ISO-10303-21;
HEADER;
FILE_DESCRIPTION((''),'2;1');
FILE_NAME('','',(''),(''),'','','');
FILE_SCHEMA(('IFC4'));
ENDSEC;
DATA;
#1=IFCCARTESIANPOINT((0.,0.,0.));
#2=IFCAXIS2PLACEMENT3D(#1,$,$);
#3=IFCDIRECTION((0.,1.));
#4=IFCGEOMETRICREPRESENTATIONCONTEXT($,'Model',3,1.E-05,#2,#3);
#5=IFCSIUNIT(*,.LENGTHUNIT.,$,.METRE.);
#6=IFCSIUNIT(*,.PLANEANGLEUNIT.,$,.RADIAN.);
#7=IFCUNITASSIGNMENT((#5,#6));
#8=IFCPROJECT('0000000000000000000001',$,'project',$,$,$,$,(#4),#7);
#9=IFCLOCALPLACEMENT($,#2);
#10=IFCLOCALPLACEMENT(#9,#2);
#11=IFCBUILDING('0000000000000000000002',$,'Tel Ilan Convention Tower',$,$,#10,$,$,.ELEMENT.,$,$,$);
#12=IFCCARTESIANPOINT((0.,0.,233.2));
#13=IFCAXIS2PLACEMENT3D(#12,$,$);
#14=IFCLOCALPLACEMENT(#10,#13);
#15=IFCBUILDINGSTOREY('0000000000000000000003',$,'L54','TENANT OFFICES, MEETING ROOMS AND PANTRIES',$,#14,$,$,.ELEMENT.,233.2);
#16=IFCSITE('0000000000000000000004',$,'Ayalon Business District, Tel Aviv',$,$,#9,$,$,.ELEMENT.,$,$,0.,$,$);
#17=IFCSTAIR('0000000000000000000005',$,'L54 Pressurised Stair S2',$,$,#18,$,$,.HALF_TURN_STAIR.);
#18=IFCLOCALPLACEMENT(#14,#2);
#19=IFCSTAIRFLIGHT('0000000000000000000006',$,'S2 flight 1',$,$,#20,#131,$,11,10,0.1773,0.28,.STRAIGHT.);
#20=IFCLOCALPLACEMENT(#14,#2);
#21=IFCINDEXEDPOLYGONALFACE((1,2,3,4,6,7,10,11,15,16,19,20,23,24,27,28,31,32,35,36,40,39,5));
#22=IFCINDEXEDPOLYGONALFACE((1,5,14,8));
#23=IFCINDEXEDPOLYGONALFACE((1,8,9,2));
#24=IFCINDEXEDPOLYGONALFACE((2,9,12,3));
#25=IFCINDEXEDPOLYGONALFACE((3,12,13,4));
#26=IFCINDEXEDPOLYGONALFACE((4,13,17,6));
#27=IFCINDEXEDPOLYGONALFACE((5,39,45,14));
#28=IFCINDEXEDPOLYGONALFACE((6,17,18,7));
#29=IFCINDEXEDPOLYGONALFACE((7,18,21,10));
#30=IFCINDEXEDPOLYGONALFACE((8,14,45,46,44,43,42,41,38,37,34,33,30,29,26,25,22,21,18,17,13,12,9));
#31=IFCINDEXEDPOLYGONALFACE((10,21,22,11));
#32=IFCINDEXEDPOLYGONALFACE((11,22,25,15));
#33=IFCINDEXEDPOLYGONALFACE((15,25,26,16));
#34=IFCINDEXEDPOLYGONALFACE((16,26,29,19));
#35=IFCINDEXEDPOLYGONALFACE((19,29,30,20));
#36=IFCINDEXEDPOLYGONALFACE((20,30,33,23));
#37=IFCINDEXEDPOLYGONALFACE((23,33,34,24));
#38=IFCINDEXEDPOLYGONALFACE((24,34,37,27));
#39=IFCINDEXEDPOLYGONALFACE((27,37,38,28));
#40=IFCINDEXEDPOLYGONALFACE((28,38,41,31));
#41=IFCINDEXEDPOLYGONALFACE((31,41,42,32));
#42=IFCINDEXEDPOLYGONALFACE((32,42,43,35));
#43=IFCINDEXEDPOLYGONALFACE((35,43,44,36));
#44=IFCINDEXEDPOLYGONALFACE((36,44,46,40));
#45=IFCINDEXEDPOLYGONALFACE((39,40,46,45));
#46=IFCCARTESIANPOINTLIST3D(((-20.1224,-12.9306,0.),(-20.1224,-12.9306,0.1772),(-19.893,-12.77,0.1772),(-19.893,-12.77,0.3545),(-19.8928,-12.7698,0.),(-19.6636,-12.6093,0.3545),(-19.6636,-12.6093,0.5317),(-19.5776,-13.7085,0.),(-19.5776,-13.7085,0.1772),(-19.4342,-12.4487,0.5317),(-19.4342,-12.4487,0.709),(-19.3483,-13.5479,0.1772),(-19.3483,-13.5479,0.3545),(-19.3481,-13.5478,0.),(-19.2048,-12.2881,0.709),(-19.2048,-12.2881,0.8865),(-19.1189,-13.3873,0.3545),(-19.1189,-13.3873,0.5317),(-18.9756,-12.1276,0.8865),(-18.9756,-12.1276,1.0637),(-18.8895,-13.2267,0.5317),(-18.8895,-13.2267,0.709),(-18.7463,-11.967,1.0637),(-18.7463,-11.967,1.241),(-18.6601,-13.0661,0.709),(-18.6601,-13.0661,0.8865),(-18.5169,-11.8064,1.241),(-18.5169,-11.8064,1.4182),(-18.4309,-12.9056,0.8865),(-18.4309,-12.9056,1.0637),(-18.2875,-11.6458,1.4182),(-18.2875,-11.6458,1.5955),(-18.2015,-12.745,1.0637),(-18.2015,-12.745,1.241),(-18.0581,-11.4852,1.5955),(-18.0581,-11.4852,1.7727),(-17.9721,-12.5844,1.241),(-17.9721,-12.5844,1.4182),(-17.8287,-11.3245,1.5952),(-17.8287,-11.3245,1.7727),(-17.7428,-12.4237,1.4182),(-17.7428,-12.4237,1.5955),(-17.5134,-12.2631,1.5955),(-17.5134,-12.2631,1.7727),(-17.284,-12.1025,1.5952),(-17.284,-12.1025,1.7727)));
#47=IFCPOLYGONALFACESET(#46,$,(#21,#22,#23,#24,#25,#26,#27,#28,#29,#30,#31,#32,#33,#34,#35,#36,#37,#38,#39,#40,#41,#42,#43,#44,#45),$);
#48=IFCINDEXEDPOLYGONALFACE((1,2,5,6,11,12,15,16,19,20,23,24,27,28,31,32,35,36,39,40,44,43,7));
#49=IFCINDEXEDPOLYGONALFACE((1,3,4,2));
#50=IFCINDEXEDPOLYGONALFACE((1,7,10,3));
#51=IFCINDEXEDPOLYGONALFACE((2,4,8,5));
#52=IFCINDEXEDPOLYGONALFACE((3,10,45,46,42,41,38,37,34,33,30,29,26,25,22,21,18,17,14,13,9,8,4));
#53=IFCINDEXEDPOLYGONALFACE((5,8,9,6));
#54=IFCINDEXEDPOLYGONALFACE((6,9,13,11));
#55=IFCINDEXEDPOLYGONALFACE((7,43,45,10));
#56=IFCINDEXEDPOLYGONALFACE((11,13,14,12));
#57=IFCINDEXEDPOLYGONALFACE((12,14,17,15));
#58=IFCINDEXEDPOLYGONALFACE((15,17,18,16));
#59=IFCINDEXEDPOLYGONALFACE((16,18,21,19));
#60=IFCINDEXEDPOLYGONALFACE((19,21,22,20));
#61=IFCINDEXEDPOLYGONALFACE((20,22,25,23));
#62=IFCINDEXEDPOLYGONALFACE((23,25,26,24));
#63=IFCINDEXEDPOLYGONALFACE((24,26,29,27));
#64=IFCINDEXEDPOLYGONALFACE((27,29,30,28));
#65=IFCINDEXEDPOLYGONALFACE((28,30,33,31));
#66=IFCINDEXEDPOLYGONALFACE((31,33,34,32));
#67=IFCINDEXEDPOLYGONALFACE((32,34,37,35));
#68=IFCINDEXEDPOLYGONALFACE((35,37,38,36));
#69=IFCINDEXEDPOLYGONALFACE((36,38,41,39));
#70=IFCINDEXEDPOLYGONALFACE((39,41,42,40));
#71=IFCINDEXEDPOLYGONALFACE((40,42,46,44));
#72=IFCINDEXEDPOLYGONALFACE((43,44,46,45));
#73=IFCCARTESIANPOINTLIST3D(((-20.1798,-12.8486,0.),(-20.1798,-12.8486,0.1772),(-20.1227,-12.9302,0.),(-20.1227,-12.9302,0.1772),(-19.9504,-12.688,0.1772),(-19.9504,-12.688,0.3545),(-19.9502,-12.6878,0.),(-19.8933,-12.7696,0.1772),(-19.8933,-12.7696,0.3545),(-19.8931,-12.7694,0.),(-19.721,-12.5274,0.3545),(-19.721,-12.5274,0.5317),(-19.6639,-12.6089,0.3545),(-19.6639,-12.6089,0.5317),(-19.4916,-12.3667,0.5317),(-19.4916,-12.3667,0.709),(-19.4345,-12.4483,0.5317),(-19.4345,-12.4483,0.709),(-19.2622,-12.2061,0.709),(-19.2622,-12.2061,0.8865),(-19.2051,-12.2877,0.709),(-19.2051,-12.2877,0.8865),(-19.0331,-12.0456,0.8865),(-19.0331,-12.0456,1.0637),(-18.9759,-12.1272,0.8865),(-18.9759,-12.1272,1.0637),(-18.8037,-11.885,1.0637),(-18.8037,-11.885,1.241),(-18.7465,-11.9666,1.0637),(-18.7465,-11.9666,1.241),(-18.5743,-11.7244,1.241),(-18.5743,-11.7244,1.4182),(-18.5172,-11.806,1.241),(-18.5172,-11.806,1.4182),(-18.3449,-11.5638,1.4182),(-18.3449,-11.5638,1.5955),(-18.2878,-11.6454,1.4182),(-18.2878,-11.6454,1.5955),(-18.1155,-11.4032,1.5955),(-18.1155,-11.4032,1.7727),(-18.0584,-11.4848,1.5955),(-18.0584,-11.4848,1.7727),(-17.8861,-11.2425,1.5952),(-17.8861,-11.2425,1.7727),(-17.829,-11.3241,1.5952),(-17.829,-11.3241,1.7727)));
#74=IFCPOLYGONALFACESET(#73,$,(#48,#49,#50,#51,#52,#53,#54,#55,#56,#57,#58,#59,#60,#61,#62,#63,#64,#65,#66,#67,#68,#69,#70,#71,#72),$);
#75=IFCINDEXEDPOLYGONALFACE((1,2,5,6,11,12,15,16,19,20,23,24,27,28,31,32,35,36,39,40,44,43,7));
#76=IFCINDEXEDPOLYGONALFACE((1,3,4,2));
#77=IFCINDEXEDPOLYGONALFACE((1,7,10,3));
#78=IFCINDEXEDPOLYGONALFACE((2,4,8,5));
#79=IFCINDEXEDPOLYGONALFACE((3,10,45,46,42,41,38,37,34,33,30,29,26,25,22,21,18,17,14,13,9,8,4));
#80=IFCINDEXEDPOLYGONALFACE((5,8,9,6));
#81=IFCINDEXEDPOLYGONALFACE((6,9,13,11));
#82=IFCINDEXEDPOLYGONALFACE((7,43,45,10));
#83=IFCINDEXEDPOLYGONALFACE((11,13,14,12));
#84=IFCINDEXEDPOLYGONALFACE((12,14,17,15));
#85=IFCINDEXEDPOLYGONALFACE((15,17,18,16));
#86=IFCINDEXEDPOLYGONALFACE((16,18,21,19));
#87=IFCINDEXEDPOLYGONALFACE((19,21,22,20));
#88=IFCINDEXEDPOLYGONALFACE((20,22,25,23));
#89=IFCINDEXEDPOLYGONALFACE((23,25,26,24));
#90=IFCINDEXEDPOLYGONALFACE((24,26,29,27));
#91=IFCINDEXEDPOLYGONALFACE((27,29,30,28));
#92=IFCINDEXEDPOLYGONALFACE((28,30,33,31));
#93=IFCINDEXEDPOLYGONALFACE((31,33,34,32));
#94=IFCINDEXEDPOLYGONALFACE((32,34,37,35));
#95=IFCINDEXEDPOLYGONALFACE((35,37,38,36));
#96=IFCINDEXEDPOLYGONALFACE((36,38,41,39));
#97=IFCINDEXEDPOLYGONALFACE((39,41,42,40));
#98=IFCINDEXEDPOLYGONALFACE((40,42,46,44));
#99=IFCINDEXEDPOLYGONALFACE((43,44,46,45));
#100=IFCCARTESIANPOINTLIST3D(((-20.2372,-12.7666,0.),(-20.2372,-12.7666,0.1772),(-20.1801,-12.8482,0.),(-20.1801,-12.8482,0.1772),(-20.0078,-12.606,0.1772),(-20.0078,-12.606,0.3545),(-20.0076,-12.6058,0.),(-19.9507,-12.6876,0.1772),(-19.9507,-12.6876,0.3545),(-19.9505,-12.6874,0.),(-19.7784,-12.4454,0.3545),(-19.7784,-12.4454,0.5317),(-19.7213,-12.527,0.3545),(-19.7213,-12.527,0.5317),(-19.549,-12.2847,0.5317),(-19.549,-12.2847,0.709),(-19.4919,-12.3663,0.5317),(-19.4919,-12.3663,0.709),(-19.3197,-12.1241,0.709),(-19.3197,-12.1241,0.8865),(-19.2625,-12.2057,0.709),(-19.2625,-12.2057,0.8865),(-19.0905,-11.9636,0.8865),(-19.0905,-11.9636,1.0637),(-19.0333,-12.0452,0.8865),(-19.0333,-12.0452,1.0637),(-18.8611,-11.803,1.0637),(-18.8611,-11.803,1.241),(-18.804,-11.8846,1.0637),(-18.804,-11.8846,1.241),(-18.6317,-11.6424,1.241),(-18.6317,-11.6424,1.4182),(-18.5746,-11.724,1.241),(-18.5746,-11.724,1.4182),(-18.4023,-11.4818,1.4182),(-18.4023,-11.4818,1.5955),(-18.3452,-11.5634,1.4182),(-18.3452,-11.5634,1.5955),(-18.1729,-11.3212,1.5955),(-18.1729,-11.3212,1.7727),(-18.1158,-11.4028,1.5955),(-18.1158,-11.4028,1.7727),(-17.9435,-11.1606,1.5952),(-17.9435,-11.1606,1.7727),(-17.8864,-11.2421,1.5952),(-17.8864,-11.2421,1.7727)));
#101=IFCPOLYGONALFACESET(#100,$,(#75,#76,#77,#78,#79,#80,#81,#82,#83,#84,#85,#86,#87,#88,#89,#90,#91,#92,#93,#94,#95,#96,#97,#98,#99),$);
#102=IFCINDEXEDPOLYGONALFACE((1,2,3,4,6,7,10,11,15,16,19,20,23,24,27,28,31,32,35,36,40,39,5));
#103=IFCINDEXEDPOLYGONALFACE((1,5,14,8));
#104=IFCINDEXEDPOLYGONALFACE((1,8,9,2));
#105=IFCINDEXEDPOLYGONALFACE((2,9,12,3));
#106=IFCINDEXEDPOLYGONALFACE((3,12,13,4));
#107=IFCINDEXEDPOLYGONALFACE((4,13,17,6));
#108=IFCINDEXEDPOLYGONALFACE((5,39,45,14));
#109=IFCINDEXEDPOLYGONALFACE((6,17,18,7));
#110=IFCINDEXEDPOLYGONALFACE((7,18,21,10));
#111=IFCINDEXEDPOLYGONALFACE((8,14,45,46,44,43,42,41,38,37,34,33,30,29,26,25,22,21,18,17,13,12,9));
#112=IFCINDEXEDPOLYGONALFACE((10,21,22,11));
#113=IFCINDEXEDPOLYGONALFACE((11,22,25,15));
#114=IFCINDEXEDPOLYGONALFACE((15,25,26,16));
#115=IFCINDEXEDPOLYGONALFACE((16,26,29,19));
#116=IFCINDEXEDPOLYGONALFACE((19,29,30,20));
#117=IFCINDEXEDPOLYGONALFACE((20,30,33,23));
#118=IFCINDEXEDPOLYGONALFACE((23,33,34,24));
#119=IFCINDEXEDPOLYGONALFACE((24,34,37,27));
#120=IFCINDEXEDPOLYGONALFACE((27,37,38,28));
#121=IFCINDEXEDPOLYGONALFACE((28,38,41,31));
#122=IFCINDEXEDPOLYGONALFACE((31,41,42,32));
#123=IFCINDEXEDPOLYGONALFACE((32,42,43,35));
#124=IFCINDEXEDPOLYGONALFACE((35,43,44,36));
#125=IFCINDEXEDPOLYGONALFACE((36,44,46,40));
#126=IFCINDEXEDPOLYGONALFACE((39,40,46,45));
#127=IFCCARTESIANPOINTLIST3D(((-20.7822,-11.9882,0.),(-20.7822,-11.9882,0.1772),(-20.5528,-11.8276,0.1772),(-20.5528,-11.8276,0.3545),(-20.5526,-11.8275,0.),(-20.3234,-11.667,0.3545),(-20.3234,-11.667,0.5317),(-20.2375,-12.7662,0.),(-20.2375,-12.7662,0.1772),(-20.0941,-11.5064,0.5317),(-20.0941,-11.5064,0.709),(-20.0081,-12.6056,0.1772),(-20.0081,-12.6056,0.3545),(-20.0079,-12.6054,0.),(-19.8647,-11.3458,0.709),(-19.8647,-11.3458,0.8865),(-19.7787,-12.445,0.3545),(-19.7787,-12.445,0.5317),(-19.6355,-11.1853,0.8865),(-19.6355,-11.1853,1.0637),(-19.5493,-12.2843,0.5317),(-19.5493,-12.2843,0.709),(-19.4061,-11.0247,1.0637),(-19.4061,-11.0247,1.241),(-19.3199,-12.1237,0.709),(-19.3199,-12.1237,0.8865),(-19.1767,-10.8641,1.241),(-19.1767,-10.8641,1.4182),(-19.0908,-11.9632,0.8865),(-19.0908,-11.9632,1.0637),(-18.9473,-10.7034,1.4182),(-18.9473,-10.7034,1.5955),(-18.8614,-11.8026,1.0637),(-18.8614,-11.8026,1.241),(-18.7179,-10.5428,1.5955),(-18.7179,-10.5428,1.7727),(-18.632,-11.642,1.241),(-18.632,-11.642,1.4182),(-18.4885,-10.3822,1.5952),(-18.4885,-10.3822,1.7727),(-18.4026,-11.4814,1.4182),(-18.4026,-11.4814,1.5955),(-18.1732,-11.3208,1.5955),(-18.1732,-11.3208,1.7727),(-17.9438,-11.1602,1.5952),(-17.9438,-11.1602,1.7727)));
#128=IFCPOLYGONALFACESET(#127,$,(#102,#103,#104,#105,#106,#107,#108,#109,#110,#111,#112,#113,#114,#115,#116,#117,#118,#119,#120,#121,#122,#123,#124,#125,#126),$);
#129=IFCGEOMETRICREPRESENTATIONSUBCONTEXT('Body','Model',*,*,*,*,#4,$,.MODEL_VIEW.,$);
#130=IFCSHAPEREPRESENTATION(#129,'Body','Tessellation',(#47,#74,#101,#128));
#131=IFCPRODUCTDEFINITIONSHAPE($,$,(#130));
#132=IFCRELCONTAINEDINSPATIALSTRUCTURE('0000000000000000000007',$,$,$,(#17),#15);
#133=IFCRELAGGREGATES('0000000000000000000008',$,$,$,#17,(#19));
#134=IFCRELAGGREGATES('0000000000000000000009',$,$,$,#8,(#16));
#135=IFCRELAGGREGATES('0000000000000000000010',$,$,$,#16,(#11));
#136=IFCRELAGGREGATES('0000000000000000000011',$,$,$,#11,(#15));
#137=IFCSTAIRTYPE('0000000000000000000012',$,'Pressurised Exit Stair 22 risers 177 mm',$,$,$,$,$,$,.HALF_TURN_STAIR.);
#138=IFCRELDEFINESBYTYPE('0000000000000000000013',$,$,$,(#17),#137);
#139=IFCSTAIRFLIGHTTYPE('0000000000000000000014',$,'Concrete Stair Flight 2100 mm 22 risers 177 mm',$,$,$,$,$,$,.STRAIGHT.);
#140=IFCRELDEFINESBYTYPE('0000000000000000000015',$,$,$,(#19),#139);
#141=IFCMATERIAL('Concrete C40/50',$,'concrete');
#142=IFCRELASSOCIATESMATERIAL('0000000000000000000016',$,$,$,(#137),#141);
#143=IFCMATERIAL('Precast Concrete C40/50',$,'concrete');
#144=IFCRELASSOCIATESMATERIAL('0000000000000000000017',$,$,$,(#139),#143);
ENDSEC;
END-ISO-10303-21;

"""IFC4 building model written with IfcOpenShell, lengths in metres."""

from ifc_helpers import new_model, si_unit, direction, frame, origin, place, context, subcontext, project, spatial, polyline, outline, extrude, material, type_object, element, aggregate, save


model = new_model("IFC4")

# Units and contexts
model_context = context("Model", 3, precision=1e-05, world=origin(), true_north=direction((0.0, 1.0)))
body_context = subcontext(model_context, "Body", "Model", "MODEL_VIEW")
ifc_project = project(units=[si_unit("LENGTHUNIT", "METRE"), si_unit("PLANEANGLEUNIT", "RADIAN")], contexts=[model_context])

# Site, building, storey
site_placement = place(None, origin())
site = spatial("IfcSite", under=ifc_project, at=site_placement, Name="Ayalon Business District, Tel Aviv", CompositionType="ELEMENT", RefElevation=0.0)
building_placement = place(site_placement, origin())
building = spatial("IfcBuilding", under=site, at=building_placement, Name="Tel Ilan Convention Tower", CompositionType="ELEMENT")
storey_placement = place(building_placement, frame((0.0, 0.0, 233.2)))
storey = spatial("IfcBuildingStorey", under=building, at=storey_placement, Name="L54", Description="TENANT OFFICES, MEETING ROOMS AND PANTRIES", CompositionType="ELEMENT", Elevation=233.2)

# Stair, stair flight
ifc_material_1 = material(Name="Concrete C40/50", Category="concrete")
stair_type = type_object("IfcStairType", Name="Pressurised Exit Stair 22 risers 177 mm", PredefinedType="HALF_TURN_STAIR", material=ifc_material_1)
ifc_material_2 = material(Name="Precast Concrete C40/50", Category="concrete")
stair_flight_type = type_object("IfcStairFlightType", Name="Concrete Stair Flight 2100 mm 22 risers 177 mm", PredefinedType="STRAIGHT", material=ifc_material_2)
stair_1_placement = place(storey_placement, origin())
stair_1 = element("IfcStair", 1, at=stair_1_placement, inside=storey, type_object=stair_type, Name="L54 Pressurised Stair S2", PredefinedType="HALF_TURN_STAIR")
stair_flight_1_placement = place(storey_placement, frame((-20.1799, -12.8484, 0.0), z_axis=(0.0, 0.0, 1.0), x_axis=(0.819152, 0.573576, 0.0)))
stair_flight_1 = element("IfcStairFlight", 2, at=stair_flight_1_placement, type_object=stair_flight_type, Name="S2 flight 1", NumberOfRisers=11, NumberOfTreads=10, PredefinedType="STRAIGHT", RiserHeight=0.1773, TreadLength=0.28, context=body_context, shape_type="SweptSolid", body=[
    extrude(outline(polyline([(0.0, 0.0), (0.0, 0.1772), (0.28, 0.1772), (0.28, 0.3545), (0.5601, 0.3545), (0.5601, 0.5317), (0.8401, 0.5317), (0.8401, 0.709), (1.1201, 0.709), (1.1201, 0.8865), (1.3999, 0.8865), (1.3999, 1.0637), (1.6799, 1.0637), (1.6799, 1.241), (1.96, 1.241), (1.96, 1.4182), (2.24, 1.4182), (2.24, 1.5955), (2.52, 1.5955), (2.52, 1.7727), (2.8, 1.7727), (2.8, 1.95), (2.8, 1.5952), (0.2803, 0.0), (0.0, 0.0)])), frame((0.0, -0.1003, 0.0), z_axis=(0.0, -1.0, 0.0), x_axis=(1.0, 0.0, 0.0)), (0.0, 0.0, 1.0), 0.9497),
    extrude(outline(polyline([(0.0, 0.0), (0.0, 0.1772), (0.28, 0.1772), (0.28, 0.3545), (0.5601, 0.3545), (0.5601, 0.5317), (0.8401, 0.5317), (0.8401, 0.709), (1.1201, 0.709), (1.1201, 0.8865), (1.3999, 0.8865), (1.3999, 1.0637), (1.6799, 1.0637), (1.6799, 1.241), (1.96, 1.241), (1.96, 1.4182), (2.24, 1.4182), (2.24, 1.5955), (2.52, 1.5955), (2.52, 1.7727), (2.8, 1.7727), (2.8, 1.95), (2.8, 1.5952), (0.2803, 0.0), (0.0, 0.0)])), frame((0.0, -0.0002, 0.0), z_axis=(0.0, -1.0, 0.0), x_axis=(1.0, 0.0, 0.0)), (0.0, 0.0, 1.0), 0.0996),
    extrude(outline(polyline([(0.0, 0.0), (0.0, 0.1772), (0.28, 0.1772), (0.28, 0.3545), (0.5601, 0.3545), (0.5601, 0.5317), (0.8401, 0.5317), (0.8401, 0.709), (1.1201, 0.709), (1.1201, 0.8865), (1.3999, 0.8865), (1.3999, 1.0637), (1.6799, 1.0637), (1.6799, 1.241), (1.96, 1.241), (1.96, 1.4182), (2.24, 1.4182), (2.24, 1.5955), (2.52, 1.5955), (2.52, 1.7727), (2.8, 1.7727), (2.8, 1.95), (2.8, 1.5952), (0.2803, 0.0), (0.0, 0.0)])), frame((0.0, 0.0999, 0.0), z_axis=(0.0, -1.0, 0.0), x_axis=(1.0, 0.0, 0.0)), (0.0, 0.0, 1.0), 0.0996),
    extrude(outline(polyline([(0.0, 0.0), (0.0, 0.1772), (0.28, 0.1772), (0.28, 0.3545), (0.5601, 0.3545), (0.5601, 0.5317), (0.8401, 0.5317), (0.8401, 0.709), (1.1201, 0.709), (1.1201, 0.8865), (1.3999, 0.8865), (1.3999, 1.0637), (1.6799, 1.0637), (1.6799, 1.241), (1.96, 1.241), (1.96, 1.4182), (2.24, 1.4182), (2.24, 1.5955), (2.52, 1.5955), (2.52, 1.7727), (2.8, 1.7727), (2.8, 1.95), (2.8, 1.5952), (0.2803, 0.0), (0.0, 0.0)])), frame((0.0, 1.05, 0.0), z_axis=(0.0, -1.0, 0.0), x_axis=(1.0, 0.0, 0.0)), (0.0, 0.0, 1.0), 0.9497),
])
aggregate(stair_1, [stair_flight_1])

save(model, "model.ifc")
